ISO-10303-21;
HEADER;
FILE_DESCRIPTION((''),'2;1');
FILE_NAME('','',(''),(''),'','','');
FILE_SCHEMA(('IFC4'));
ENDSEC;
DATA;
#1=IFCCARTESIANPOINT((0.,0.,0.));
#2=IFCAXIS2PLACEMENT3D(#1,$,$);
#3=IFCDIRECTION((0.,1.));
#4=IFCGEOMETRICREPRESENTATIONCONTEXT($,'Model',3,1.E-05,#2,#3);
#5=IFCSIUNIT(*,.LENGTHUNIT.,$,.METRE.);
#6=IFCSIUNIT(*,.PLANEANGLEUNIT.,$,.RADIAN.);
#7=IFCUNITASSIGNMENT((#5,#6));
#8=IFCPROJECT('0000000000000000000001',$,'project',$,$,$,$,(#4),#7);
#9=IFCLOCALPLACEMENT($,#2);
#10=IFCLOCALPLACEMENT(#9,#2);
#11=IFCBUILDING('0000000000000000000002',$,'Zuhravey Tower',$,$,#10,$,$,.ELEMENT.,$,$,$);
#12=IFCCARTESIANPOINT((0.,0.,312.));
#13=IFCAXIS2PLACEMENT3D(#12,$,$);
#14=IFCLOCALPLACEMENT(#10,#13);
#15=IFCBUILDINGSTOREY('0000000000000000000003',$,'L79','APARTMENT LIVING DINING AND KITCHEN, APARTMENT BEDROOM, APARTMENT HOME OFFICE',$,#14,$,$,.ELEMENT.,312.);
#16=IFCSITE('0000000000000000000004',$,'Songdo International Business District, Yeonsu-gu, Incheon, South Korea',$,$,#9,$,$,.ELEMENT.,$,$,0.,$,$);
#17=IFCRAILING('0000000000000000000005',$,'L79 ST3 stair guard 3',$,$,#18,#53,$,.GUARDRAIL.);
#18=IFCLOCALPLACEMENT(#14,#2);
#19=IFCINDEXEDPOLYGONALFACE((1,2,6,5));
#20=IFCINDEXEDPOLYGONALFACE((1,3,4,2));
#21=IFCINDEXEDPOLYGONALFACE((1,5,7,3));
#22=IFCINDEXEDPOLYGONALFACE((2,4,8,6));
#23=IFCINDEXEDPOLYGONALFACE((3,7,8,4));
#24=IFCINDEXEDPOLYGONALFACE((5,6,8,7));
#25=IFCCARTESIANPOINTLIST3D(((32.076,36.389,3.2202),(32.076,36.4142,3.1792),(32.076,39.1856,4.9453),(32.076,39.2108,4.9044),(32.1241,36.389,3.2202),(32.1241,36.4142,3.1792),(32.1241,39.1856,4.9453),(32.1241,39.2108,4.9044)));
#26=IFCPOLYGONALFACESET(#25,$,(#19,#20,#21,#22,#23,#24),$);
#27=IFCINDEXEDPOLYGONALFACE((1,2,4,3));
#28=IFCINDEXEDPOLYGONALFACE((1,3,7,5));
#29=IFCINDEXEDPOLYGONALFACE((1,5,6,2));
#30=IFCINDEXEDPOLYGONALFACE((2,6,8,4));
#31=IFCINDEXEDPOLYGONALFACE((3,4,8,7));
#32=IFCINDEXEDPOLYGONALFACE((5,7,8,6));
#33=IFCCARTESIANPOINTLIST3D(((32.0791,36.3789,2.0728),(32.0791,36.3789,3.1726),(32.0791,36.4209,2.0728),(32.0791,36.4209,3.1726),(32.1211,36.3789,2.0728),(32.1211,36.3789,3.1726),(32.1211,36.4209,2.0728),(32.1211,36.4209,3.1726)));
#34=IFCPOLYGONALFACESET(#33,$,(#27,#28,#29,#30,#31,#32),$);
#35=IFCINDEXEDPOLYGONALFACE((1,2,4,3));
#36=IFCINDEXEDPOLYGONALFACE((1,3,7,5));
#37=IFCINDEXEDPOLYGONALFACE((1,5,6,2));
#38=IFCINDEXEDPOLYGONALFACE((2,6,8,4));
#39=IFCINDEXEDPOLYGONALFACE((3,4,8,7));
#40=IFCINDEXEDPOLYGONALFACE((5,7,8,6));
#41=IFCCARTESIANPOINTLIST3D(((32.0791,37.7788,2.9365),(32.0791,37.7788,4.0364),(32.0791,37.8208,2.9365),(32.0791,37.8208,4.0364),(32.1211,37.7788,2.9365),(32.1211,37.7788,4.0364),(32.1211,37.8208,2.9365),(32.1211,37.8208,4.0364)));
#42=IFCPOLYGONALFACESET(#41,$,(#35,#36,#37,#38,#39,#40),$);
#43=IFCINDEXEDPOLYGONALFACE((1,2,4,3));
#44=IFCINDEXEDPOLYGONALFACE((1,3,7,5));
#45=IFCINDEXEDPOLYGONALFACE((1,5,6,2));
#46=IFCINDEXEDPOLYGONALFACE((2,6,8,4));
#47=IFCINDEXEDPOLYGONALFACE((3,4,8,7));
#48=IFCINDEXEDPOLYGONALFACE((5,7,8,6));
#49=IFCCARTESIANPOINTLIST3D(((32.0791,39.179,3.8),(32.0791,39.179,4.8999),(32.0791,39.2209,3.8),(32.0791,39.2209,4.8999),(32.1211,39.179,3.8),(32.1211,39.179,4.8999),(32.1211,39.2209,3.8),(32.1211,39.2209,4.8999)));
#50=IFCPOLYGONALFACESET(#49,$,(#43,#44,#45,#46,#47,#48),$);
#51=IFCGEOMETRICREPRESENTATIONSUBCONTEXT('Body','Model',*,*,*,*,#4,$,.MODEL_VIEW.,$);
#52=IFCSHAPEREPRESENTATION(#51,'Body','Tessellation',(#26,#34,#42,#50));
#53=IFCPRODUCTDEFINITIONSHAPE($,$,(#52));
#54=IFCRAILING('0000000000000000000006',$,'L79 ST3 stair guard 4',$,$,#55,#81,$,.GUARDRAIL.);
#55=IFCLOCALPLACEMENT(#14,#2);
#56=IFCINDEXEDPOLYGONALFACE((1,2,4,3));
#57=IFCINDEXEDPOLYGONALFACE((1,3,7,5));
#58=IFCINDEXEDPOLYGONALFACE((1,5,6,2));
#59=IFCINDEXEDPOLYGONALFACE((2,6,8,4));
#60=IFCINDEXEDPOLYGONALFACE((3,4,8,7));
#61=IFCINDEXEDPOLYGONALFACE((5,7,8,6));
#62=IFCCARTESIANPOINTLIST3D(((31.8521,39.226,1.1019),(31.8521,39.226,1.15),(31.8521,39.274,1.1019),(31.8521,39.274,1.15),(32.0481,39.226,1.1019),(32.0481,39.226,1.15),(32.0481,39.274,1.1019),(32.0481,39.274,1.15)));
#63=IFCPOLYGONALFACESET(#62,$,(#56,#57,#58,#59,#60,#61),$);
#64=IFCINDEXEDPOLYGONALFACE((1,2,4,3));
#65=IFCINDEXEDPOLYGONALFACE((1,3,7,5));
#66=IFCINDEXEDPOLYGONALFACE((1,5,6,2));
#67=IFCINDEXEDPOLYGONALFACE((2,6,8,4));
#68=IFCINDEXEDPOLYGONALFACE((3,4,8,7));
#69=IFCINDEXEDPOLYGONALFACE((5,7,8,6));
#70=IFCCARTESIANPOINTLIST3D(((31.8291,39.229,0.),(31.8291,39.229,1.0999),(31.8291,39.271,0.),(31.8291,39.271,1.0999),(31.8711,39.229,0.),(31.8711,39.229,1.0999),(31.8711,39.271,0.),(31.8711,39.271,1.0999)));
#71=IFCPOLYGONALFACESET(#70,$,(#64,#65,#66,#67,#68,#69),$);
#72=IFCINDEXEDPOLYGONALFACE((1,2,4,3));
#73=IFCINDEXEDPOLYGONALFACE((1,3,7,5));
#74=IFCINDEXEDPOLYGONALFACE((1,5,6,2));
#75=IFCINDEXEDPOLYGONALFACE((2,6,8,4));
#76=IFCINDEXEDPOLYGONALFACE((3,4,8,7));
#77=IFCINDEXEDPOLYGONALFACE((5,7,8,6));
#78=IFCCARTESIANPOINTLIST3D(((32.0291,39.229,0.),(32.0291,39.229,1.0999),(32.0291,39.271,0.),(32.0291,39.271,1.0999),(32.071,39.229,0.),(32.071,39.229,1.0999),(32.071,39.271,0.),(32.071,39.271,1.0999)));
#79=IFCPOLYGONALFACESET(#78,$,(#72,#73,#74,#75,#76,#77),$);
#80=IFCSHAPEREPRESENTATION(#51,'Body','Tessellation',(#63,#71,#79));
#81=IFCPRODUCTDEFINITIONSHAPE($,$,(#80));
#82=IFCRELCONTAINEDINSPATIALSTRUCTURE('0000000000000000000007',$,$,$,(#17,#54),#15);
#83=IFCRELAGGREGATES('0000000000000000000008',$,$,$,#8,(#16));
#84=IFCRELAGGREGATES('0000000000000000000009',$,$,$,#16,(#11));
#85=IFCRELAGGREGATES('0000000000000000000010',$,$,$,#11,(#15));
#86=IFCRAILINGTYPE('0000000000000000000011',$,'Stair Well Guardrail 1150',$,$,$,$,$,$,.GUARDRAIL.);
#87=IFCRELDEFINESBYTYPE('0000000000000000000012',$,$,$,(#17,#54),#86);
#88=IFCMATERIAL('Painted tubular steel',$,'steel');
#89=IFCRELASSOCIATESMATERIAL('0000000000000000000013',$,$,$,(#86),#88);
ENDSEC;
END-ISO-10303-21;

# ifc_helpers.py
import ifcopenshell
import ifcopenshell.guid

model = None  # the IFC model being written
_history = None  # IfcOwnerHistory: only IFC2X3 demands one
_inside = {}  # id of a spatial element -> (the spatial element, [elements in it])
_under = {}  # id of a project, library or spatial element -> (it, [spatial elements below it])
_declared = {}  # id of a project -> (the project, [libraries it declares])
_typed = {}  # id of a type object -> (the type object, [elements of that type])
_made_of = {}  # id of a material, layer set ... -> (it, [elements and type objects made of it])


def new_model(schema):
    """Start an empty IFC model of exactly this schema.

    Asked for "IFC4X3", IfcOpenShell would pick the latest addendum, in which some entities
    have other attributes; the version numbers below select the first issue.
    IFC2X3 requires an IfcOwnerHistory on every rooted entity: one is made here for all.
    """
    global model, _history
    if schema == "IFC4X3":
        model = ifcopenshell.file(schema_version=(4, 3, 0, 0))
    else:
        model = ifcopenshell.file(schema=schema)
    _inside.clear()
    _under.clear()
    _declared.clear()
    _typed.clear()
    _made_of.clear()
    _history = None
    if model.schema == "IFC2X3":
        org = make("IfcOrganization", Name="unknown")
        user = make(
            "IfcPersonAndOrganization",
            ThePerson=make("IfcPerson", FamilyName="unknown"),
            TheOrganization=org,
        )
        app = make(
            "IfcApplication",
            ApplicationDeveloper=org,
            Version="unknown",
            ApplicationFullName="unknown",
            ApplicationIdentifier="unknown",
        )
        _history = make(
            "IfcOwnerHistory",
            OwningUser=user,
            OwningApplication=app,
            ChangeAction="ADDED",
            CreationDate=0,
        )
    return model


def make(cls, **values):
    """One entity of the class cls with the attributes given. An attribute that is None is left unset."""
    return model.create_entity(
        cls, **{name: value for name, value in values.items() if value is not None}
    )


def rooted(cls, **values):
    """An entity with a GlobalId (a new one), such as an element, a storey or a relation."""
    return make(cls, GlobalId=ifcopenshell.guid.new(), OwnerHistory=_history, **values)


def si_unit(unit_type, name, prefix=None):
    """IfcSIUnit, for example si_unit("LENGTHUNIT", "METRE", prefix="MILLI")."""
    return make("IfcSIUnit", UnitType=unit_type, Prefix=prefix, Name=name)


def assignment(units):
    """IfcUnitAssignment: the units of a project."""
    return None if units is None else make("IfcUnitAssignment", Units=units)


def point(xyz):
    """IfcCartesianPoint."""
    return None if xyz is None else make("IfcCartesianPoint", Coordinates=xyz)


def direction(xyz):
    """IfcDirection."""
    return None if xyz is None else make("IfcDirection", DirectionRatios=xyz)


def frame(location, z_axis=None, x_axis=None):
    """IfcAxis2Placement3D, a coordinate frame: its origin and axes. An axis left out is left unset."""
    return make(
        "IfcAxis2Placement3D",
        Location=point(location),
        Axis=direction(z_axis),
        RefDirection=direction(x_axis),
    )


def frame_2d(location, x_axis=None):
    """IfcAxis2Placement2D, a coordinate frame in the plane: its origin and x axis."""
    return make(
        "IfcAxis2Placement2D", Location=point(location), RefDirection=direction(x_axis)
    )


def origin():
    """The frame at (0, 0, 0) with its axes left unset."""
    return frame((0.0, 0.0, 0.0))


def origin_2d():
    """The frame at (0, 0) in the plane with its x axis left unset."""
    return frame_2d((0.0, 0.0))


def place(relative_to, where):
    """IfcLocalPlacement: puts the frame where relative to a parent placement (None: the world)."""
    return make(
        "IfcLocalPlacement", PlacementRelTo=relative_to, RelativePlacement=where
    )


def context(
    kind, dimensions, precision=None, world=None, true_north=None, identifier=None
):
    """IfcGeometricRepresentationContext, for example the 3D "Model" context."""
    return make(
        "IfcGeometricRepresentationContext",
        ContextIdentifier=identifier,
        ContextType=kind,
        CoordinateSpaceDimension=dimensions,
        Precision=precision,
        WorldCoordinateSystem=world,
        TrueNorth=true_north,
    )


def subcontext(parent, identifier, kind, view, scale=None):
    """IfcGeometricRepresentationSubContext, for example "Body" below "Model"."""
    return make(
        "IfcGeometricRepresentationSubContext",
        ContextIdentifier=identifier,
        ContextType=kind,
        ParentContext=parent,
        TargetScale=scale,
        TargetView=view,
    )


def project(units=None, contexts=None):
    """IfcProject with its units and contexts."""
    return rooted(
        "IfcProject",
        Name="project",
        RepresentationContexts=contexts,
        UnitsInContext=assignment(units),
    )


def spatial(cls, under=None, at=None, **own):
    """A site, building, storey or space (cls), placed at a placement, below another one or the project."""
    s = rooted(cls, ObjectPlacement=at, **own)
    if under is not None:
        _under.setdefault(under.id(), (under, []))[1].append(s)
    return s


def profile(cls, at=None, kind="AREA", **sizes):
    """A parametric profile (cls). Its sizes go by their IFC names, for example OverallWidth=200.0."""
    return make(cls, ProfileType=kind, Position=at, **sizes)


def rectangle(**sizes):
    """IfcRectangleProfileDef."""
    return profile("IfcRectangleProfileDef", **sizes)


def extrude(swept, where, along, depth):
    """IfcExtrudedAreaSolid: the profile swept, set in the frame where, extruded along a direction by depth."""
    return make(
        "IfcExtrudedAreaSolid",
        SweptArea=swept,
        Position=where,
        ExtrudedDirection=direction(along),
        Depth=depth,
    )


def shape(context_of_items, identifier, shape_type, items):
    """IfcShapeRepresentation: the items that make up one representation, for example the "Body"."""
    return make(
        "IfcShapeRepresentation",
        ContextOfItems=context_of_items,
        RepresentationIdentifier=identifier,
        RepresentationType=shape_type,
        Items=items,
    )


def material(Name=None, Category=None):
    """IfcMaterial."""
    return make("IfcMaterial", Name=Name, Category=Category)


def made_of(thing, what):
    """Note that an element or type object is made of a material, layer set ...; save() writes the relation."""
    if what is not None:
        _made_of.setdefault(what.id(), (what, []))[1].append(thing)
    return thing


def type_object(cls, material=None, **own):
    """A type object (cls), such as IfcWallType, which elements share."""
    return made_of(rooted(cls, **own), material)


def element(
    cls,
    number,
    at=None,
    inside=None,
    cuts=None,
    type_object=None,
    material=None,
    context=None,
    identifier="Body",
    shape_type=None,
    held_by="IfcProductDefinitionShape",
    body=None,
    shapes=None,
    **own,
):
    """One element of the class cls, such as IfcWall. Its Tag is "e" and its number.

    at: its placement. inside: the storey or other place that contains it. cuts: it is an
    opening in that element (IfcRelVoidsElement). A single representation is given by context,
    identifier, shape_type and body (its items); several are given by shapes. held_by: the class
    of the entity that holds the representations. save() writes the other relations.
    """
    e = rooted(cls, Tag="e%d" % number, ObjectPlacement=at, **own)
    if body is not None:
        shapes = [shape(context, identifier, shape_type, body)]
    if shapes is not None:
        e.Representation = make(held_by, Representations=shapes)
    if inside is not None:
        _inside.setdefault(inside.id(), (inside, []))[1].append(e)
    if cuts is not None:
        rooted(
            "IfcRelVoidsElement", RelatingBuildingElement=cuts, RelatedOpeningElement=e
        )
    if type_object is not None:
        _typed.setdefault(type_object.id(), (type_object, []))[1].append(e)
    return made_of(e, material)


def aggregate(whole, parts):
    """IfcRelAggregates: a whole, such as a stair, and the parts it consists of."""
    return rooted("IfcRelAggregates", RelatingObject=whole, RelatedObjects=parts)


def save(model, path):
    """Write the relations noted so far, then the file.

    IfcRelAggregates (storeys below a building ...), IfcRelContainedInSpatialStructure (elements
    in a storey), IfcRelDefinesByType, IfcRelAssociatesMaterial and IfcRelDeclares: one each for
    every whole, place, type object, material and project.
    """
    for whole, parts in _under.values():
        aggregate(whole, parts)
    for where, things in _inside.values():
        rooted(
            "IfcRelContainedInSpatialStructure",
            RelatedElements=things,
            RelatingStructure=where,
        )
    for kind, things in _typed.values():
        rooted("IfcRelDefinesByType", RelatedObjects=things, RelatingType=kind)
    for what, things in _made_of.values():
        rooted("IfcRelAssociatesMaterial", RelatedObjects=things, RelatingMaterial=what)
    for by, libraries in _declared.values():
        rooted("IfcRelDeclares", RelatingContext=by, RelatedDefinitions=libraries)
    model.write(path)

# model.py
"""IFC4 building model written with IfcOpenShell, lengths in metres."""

from ifc_helpers import new_model, si_unit, direction, frame, origin, origin_2d, place, context, subcontext, project, spatial, rectangle, extrude, material, type_object, element, save


model = new_model("IFC4")

# Units and contexts
model_context = context("Model", 3, precision=1e-05, world=origin(), true_north=direction((0.0, 1.0)))
body_context = subcontext(model_context, "Body", "Model", "MODEL_VIEW")
ifc_project = project(units=[si_unit("LENGTHUNIT", "METRE"), si_unit("PLANEANGLEUNIT", "RADIAN")], contexts=[model_context])

# Site, building, storey
site_placement = place(None, origin())
site = spatial("IfcSite", under=ifc_project, at=site_placement, Name="Songdo International Business District, Yeonsu-gu, Incheon, South Korea", CompositionType="ELEMENT", RefElevation=0.0)
building_placement = place(site_placement, origin())
building = spatial("IfcBuilding", under=site, at=building_placement, Name="Zuhravey Tower", CompositionType="ELEMENT")
storey_placement = place(building_placement, frame((0.0, 0.0, 312.0)))
storey = spatial("IfcBuildingStorey", under=building, at=storey_placement, Name="L79", Description="APARTMENT LIVING DINING AND KITCHEN, APARTMENT BEDROOM, APARTMENT HOME OFFICE", CompositionType="ELEMENT", Elevation=312.0)

# Railings
ifc_material_1 = material(Name="Painted tubular steel", Category="steel")
railing_type_1 = type_object("IfcRailingType", Name="Stair Well Guardrail 1150", PredefinedType="GUARDRAIL", material=ifc_material_1)
railing_1_placement = place(storey_placement, frame((32.1001, 36.3999, 2.0728)))
element("IfcRailing", 1, at=railing_1_placement, inside=storey, type_object=railing_type_1, Name="L79 ST3 stair guard 3", PredefinedType="GUARDRAIL", context=body_context, shape_type="SweptSolid", body=[
    extrude(rectangle(XDim=0.0481, YDim=0.0481, at=origin_2d()), frame((0.0, 0.0017, 1.127), z_axis=(0.0, 0.85109, 0.52502), x_axis=(-1.0, 0.0, 0.0)), (0.0, 0.0, 1.0), 3.2859),
    extrude(rectangle(XDim=0.042, YDim=0.042, at=origin_2d()), origin(), (0.0, 0.0, 1.0), 1.0999),
    extrude(rectangle(XDim=0.042, YDim=0.042, at=origin_2d()), frame((0.0, 1.3999, 0.8638)), (0.0, 0.0, 1.0), 1.0999),
    extrude(rectangle(XDim=0.042, YDim=0.042, at=origin_2d()), frame((0.0, 2.8, 1.7273)), (0.0, 0.0, 1.0), 1.0999),
])
railing_2_placement = place(storey_placement, frame((31.8501, 39.25, 0.0)))
element("IfcRailing", 2, at=railing_2_placement, inside=storey, type_object=railing_type_1, Name="L79 ST3 stair guard 4", PredefinedType="GUARDRAIL", context=body_context, shape_type="SweptSolid", body=[
    extrude(rectangle(XDim=0.0481, YDim=0.0481, at=origin_2d()), frame((0.002, 0.0, 1.126), z_axis=(1.0, 0.0, 0.0), x_axis=(0.0, 1.0, 0.0)), (0.0, 0.0, 1.0), 0.196),
    extrude(rectangle(XDim=0.042, YDim=0.042, at=origin_2d()), origin(), (0.0, 0.0, 1.0), 1.0999),
    extrude(rectangle(XDim=0.042, YDim=0.042, at=origin_2d()), frame((0.2, 0.0, 0.0)), (0.0, 0.0, 1.0), 1.0999),
])

save(model, "model.ifc")
